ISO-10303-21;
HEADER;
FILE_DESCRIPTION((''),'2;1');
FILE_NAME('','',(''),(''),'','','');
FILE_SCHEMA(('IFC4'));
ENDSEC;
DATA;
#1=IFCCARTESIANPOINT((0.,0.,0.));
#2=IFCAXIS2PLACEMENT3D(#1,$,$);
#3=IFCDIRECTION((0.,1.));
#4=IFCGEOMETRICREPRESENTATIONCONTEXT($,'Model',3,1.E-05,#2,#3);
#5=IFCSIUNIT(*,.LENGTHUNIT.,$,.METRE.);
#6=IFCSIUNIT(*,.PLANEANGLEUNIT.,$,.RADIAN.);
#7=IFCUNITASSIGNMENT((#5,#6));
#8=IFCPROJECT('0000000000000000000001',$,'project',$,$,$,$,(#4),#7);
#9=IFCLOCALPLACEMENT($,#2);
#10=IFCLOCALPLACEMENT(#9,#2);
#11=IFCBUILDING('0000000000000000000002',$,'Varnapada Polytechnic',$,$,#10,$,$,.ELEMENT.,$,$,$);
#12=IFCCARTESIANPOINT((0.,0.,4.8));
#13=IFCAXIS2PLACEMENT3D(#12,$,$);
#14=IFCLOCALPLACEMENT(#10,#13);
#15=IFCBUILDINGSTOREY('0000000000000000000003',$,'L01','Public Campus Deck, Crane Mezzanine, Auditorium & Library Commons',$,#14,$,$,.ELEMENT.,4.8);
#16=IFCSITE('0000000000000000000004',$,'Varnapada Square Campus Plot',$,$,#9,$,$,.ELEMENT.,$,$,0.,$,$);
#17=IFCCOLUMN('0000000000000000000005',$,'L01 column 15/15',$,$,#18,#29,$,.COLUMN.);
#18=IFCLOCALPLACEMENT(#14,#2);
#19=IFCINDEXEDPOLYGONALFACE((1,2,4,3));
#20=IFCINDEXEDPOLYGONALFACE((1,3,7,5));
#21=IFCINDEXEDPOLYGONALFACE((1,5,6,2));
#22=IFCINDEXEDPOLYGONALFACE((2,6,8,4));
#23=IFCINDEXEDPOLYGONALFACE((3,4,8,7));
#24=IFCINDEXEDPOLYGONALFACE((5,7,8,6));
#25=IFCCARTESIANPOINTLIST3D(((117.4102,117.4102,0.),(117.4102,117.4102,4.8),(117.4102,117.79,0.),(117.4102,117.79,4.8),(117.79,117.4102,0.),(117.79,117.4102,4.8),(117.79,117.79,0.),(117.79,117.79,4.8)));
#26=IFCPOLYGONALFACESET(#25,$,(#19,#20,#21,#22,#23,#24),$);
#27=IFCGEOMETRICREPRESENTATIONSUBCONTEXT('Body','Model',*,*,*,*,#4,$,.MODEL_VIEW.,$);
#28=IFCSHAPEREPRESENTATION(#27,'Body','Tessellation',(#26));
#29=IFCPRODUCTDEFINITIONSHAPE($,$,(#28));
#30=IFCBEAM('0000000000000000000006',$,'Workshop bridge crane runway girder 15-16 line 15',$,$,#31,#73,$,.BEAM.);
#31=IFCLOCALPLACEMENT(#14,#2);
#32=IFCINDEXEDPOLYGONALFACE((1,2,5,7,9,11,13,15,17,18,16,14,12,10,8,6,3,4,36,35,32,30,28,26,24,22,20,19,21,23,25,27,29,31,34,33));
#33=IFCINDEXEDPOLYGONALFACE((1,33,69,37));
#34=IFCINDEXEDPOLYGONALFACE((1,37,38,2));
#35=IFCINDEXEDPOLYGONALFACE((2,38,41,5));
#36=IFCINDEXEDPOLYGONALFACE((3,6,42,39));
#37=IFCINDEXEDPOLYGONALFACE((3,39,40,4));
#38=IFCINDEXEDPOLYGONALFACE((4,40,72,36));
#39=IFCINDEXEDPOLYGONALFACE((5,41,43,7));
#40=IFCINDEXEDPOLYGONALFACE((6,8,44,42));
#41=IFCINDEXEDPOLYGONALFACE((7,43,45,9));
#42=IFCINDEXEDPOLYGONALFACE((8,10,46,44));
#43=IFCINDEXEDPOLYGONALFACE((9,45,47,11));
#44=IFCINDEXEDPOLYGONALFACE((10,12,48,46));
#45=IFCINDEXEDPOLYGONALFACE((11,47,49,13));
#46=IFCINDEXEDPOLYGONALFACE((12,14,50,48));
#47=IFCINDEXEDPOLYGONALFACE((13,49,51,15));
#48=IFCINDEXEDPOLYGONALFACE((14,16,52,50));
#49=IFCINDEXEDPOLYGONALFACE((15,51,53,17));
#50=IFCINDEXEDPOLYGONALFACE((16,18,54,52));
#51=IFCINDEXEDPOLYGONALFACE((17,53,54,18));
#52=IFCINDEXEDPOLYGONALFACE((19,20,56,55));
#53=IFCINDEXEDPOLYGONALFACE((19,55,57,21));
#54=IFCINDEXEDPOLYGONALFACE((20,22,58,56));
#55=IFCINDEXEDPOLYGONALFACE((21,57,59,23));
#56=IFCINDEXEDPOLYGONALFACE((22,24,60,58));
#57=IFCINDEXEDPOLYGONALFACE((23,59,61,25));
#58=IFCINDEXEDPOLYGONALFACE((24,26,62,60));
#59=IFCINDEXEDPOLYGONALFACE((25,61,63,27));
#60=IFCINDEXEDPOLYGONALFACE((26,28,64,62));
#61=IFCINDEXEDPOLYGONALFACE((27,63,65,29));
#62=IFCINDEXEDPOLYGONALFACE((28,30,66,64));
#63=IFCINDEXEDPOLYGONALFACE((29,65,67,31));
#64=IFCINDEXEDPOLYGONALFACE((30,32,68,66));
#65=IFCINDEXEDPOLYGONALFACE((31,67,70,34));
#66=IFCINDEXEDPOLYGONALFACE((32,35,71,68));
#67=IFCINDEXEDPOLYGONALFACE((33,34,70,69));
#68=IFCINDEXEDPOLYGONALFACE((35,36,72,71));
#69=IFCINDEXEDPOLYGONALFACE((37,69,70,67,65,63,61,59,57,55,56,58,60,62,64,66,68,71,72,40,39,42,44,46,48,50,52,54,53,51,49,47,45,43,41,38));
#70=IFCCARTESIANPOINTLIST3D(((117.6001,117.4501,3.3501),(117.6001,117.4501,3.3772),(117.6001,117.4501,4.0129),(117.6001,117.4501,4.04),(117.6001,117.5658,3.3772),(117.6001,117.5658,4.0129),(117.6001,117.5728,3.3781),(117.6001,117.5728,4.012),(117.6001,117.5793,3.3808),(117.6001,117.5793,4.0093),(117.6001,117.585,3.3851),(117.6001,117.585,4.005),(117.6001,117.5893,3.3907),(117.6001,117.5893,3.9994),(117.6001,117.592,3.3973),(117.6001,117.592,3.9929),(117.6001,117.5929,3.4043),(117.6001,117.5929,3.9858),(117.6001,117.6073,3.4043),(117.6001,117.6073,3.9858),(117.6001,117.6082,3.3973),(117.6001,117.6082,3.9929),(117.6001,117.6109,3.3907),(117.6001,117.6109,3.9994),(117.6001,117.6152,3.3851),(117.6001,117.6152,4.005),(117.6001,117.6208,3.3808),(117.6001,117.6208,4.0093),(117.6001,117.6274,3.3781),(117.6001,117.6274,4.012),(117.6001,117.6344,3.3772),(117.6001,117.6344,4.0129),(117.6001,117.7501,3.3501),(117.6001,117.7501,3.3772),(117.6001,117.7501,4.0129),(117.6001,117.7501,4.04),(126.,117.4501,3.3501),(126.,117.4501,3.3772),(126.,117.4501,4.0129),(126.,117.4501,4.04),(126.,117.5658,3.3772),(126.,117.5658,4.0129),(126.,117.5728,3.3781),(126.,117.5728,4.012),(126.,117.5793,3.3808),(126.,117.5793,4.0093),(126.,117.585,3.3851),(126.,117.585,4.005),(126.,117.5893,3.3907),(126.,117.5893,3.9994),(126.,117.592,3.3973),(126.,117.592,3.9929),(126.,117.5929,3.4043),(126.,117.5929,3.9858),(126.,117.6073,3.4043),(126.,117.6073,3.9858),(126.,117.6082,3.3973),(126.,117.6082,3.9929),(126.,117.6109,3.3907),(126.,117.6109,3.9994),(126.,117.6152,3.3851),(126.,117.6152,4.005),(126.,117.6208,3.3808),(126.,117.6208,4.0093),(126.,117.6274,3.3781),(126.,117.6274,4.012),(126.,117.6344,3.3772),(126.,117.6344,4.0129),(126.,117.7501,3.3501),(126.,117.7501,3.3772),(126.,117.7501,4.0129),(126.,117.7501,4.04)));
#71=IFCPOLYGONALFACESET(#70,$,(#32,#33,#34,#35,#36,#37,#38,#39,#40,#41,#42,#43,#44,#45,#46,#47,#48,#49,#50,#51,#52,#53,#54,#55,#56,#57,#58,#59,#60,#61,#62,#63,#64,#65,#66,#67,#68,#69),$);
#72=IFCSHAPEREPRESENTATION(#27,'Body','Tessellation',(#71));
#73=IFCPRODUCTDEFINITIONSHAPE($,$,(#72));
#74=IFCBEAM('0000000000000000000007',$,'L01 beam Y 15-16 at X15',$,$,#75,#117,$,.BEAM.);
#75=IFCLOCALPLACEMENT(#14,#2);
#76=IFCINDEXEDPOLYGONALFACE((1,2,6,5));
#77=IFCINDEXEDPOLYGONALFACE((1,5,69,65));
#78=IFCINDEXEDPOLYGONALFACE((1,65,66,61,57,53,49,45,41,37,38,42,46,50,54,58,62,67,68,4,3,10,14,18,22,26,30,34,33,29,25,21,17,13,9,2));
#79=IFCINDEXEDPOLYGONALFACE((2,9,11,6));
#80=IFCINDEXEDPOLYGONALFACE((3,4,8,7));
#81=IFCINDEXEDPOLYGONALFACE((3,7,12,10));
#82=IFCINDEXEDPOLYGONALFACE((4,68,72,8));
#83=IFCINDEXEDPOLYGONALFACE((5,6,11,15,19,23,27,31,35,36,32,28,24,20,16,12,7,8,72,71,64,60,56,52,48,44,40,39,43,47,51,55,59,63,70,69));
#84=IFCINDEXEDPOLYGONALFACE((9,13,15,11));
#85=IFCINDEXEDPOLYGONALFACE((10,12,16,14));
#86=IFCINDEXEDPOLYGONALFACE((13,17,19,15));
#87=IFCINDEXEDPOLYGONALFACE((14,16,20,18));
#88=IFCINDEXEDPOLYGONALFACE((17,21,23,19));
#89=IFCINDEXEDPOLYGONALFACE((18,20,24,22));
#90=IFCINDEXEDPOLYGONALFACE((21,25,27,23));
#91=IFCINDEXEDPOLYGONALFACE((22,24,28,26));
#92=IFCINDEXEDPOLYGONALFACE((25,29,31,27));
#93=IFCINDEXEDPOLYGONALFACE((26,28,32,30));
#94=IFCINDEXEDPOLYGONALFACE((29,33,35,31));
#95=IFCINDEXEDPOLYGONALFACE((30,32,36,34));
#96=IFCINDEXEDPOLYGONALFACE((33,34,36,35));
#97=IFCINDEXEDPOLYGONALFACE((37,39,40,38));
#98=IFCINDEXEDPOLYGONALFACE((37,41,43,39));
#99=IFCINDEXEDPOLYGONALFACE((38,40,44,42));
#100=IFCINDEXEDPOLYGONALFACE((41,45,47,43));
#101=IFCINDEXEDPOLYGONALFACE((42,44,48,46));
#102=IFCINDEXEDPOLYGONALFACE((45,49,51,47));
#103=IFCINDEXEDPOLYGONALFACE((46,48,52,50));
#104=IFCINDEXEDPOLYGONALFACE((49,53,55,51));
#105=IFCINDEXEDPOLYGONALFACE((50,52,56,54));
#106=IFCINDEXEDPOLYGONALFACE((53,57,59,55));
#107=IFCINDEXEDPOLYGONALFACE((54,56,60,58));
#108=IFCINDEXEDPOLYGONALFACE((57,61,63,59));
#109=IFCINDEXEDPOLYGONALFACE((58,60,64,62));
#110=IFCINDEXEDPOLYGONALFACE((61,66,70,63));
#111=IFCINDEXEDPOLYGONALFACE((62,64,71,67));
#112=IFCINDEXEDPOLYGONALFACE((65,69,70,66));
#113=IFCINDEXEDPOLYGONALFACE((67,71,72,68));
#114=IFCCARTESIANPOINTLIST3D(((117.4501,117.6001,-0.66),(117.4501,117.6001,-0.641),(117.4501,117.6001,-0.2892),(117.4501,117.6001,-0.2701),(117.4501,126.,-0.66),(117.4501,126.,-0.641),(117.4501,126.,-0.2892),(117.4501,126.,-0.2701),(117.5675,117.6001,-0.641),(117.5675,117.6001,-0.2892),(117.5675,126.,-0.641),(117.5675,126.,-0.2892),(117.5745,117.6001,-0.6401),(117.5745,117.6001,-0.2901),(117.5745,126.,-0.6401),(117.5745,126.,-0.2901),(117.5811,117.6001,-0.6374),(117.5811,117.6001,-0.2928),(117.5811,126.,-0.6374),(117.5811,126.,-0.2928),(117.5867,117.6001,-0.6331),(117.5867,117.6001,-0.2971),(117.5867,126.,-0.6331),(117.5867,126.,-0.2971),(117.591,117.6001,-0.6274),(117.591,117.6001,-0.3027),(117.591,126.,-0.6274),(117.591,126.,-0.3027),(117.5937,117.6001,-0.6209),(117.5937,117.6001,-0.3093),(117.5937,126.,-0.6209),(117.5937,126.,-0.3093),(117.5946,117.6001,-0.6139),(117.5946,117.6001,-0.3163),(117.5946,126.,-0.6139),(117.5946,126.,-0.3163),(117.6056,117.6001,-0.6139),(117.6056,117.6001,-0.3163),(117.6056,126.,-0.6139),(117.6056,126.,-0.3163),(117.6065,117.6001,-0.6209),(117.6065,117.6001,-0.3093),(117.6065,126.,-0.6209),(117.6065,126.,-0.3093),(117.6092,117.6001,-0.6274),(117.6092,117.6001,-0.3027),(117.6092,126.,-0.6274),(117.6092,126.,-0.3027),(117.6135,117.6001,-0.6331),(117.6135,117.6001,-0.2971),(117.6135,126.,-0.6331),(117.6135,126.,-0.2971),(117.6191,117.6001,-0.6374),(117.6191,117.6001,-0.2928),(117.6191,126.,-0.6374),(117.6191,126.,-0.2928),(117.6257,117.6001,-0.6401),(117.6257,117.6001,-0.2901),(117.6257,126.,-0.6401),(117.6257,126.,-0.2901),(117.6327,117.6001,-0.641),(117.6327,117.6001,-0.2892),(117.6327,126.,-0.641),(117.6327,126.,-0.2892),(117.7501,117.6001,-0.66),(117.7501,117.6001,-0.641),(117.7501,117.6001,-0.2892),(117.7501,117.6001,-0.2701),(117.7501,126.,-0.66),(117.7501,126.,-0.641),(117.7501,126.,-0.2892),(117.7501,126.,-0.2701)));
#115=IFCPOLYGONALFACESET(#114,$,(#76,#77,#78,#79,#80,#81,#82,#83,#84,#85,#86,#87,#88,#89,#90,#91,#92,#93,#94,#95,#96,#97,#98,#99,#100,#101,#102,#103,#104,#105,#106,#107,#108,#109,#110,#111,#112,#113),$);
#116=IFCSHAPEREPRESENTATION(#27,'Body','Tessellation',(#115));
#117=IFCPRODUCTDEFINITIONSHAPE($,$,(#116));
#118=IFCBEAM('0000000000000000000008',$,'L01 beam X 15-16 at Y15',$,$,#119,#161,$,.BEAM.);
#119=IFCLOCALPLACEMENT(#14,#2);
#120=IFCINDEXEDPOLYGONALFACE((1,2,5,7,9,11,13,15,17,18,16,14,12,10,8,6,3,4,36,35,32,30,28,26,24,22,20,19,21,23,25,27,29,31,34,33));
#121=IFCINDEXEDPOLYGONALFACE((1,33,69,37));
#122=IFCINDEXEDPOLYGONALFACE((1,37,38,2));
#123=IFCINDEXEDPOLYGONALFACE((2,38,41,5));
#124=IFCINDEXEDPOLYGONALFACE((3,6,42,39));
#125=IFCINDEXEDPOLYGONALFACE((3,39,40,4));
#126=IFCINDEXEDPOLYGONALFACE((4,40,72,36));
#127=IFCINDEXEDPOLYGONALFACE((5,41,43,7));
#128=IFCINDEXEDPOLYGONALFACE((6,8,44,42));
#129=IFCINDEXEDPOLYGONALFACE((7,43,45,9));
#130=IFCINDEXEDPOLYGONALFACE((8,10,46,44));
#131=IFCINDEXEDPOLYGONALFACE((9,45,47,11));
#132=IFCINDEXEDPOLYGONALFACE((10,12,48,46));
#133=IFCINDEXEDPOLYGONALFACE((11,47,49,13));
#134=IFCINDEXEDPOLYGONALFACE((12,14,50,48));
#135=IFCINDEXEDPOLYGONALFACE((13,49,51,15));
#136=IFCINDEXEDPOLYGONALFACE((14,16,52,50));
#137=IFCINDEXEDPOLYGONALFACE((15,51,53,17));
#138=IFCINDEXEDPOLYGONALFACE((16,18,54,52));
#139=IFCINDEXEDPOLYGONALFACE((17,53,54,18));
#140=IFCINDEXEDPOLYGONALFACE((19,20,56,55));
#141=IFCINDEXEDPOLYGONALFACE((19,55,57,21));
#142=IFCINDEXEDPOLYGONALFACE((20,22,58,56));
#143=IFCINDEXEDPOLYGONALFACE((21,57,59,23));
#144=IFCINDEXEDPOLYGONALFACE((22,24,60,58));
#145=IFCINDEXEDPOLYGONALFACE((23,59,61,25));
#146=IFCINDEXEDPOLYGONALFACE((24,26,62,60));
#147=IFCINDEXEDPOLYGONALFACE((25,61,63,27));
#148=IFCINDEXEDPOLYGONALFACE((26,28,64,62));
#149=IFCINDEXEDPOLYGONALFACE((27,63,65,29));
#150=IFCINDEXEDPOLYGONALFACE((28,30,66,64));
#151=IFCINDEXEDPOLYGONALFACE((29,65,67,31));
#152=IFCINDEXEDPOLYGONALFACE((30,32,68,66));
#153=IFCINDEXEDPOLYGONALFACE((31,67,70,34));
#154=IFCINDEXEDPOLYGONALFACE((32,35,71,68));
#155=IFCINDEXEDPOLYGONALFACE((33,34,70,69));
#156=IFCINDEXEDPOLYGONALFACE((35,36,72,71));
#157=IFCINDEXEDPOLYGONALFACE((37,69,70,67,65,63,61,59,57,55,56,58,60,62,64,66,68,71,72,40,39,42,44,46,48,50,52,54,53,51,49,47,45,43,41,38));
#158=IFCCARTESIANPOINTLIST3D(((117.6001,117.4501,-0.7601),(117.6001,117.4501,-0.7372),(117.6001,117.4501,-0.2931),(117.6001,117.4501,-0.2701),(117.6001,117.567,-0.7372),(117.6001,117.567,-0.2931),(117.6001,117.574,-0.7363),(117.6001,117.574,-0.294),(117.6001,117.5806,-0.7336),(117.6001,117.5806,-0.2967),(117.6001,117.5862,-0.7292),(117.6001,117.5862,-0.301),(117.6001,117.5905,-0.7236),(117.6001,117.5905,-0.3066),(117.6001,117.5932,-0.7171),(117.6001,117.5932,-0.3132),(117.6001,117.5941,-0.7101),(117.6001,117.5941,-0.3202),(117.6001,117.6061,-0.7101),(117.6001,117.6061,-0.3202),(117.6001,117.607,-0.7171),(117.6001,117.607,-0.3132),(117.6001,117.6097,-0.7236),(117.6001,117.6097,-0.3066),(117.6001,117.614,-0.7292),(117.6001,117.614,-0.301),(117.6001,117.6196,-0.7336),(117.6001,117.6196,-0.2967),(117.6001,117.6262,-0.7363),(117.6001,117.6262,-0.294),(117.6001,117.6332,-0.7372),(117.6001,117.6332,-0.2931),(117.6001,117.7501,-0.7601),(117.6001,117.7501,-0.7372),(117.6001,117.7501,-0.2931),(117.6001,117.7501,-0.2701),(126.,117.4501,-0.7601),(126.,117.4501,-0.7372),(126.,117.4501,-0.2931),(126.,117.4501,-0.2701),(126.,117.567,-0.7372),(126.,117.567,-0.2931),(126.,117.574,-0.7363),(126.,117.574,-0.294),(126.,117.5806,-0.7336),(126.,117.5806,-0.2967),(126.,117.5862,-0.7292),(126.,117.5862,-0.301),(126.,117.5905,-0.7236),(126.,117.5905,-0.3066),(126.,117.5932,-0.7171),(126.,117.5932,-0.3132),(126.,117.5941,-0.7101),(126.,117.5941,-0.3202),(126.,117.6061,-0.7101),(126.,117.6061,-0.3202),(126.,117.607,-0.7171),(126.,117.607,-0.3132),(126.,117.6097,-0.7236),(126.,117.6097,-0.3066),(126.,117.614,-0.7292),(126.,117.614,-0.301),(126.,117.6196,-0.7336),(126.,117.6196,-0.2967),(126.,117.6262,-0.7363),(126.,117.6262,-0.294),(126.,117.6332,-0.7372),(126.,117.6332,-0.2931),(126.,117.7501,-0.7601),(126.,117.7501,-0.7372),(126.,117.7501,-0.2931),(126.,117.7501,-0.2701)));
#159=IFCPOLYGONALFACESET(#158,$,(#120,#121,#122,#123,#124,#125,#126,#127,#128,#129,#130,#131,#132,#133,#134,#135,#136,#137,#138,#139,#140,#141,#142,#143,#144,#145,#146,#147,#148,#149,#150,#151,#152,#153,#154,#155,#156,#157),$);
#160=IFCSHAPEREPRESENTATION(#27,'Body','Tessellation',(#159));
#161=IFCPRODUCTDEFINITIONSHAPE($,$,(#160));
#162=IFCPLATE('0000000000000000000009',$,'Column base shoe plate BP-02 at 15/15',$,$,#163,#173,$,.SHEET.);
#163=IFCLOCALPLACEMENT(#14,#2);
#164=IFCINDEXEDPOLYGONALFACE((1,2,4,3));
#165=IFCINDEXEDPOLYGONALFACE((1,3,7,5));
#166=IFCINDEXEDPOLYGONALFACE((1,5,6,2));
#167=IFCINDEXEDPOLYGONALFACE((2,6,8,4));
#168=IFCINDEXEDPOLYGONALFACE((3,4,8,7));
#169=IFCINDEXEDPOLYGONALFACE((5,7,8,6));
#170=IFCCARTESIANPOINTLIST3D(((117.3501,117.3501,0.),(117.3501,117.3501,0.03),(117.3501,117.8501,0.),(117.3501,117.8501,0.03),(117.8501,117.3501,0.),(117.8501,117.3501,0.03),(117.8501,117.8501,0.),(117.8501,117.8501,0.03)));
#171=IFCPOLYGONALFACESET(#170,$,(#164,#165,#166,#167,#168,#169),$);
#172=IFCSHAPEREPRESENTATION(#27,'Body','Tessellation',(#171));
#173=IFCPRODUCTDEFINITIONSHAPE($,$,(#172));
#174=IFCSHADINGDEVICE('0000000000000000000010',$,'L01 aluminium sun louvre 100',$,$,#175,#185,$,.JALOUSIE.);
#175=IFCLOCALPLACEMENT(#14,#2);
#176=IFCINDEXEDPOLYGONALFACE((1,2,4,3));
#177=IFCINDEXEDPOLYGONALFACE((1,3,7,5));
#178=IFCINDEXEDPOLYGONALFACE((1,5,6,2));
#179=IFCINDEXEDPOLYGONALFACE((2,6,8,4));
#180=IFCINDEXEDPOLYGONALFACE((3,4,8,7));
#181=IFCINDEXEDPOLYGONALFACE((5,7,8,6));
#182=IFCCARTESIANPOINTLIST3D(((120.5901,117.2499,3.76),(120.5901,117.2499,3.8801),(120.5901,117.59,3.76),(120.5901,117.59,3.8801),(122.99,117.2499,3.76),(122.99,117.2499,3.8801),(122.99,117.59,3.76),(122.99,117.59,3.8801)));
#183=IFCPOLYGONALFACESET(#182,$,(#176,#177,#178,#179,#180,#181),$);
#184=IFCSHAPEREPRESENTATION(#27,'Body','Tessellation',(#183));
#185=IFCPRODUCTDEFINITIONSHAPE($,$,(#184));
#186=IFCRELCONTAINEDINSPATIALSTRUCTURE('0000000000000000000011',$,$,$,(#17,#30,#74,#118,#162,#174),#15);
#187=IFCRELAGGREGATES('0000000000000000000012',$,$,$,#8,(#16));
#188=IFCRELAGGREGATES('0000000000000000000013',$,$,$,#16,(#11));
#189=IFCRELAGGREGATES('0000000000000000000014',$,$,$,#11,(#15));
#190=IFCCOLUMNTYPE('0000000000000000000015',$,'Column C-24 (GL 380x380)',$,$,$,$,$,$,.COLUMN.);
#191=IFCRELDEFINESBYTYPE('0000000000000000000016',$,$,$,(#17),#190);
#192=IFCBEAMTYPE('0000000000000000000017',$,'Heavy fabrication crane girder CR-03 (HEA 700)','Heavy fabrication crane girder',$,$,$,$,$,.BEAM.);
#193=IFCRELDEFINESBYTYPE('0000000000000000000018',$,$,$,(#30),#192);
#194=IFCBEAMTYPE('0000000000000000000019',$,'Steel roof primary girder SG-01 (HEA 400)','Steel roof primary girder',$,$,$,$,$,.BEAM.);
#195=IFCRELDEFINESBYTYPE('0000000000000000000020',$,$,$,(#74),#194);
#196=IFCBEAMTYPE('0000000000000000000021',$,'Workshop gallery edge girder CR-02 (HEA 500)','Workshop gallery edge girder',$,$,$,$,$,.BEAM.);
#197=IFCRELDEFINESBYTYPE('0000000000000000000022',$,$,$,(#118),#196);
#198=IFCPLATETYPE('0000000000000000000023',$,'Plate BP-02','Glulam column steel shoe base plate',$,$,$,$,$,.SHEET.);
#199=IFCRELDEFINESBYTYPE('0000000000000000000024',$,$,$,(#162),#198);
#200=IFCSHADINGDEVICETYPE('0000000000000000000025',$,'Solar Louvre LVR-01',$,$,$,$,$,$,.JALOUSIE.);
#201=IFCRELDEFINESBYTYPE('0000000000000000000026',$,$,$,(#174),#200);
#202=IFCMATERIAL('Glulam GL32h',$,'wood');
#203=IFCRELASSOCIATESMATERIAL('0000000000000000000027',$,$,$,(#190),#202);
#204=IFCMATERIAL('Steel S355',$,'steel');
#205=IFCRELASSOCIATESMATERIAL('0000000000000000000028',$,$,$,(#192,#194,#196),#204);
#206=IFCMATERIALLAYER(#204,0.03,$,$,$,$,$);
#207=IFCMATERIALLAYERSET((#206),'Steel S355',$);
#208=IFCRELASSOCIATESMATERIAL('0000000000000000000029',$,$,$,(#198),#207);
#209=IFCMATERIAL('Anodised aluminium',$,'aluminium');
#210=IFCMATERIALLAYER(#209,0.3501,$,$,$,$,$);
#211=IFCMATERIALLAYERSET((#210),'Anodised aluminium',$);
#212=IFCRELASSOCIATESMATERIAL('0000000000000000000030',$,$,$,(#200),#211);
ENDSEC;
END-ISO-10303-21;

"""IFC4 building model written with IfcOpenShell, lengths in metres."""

from ifc_helpers import new_model, si_unit, direction, frame, origin, origin_2d, place, context, subcontext, project, spatial, rectangle, i_section, extrude, material, layer, layer_set, material_profile, profile_set, type_object, element, save


model = new_model("IFC4")

# Units and contexts
model_context = context("Model", 3, precision=1e-05, world=origin(), true_north=direction((0.0, 1.0)))
body_context = subcontext(model_context, "Body", "Model", "MODEL_VIEW")
ifc_project = project(units=[si_unit("LENGTHUNIT", "METRE"), si_unit("PLANEANGLEUNIT", "RADIAN")], contexts=[model_context])

# Site, building, storey
site_placement = place(None, origin())
site = spatial("IfcSite", under=ifc_project, at=site_placement, Name="Varnapada Square Campus Plot", CompositionType="ELEMENT", RefElevation=0.0)
building_placement = place(site_placement, origin())
building = spatial("IfcBuilding", under=site, at=building_placement, Name="Varnapada Polytechnic", CompositionType="ELEMENT")
storey_placement = place(building_placement, frame((0.0, 0.0, 4.8)))
storey = spatial("IfcBuildingStorey", under=building, at=storey_placement, Name="L01", Description="Public Campus Deck, Crane Mezzanine, Auditorium & Library Commons", CompositionType="ELEMENT", Elevation=4.8)

# Column
ifc_material_1 = material(Name="Glulam GL32h", Category="wood")
ifc_material_profile_1 = material_profile(ifc_material_1, rectangle(XDim=0.3799, YDim=0.3799, at=origin_2d()), Name="GL 380x380")
ifc_profile_set_1 = profile_set([ifc_material_profile_1], Name="Glulam GL32h")
column_type = type_object("IfcColumnType", Name="Column C-24 (GL 380x380)", PredefinedType="COLUMN", material=ifc_profile_set_1)
column_placement = place(storey_placement, frame((117.6001, 117.6001, 0.0), z_axis=(0.0, 0.0, 1.0), x_axis=(1.0, 0.0, 0.0)))
element("IfcColumn", 1, at=column_placement, inside=storey, type_object=column_type, Name="L01 column 15/15", PredefinedType="COLUMN", context=body_context, shape_type="SweptSolid", body=[
    extrude(rectangle(XDim=0.3799, YDim=0.3799, at=origin_2d()), origin(), (0.0, 0.0, 1.0), 4.8),
])

# Beams
ifc_material_2 = material(Name="Steel S355", Category="steel")
ifc_material_profile_2 = material_profile(ifc_material_2, i_section(OverallWidth=0.3, OverallDepth=0.6899, WebThickness=0.0144, FlangeThickness=0.0271, FilletRadius=0.0271, at=origin_2d()), Name="HEA 700")
ifc_profile_set_2 = profile_set([ifc_material_profile_2], Name="Steel S355")
beam_type_1 = type_object("IfcBeamType", Name="Heavy fabrication crane girder CR-03 (HEA 700)", Description="Heavy fabrication crane girder", PredefinedType="BEAM", material=ifc_profile_set_2)
beam_1_placement = place(storey_placement, frame((117.6001, 117.6001, 3.6951), z_axis=(1.0, 0.0, 0.0), x_axis=(0.0, 1.0, 0.0)))
element("IfcBeam", 2, at=beam_1_placement, inside=storey, type_object=beam_type_1, Name="Workshop bridge crane runway girder 15-16 line 15", PredefinedType="BEAM", context=body_context, shape_type="SweptSolid", body=[
    extrude(i_section(OverallWidth=0.3, OverallDepth=0.6899, WebThickness=0.0144, FlangeThickness=0.0271, FilletRadius=0.0271, at=origin_2d()), origin(), (0.0, 0.0, 1.0), 8.3999),
])
ifc_material_profile_3 = material_profile(ifc_material_2, i_section(OverallWidth=0.3, OverallDepth=0.3899, WebThickness=0.011, FlangeThickness=0.019, FilletRadius=0.0271, at=origin_2d()), Name="HEA 400")
ifc_profile_set_3 = profile_set([ifc_material_profile_3], Name="Steel S355")
beam_type_2 = type_object("IfcBeamType", Name="Steel roof primary girder SG-01 (HEA 400)", Description="Steel roof primary girder", PredefinedType="BEAM", material=ifc_profile_set_3)
beam_2_placement = place(storey_placement, frame((117.6001, 117.6001, -0.4651), z_axis=(0.0, 1.0, 0.0), x_axis=(-1.0, 0.0, 0.0)))
element("IfcBeam", 3, at=beam_2_placement, inside=storey, type_object=beam_type_2, Name="L01 beam Y 15-16 at X15", PredefinedType="BEAM", context=body_context, shape_type="SweptSolid", body=[
    extrude(i_section(OverallWidth=0.3, OverallDepth=0.3899, WebThickness=0.011, FlangeThickness=0.019, FilletRadius=0.0271, at=origin_2d()), origin(), (0.0, 0.0, 1.0), 8.3999),
])
ifc_material_profile_4 = material_profile(ifc_material_2, i_section(OverallWidth=0.3, OverallDepth=0.49, WebThickness=0.012, FlangeThickness=0.0229, FilletRadius=0.0271, at=origin_2d()), Name="HEA 500")
ifc_profile_set_4 = profile_set([ifc_material_profile_4], Name="Steel S355")
beam_type_3 = type_object("IfcBeamType", Name="Workshop gallery edge girder CR-02 (HEA 500)", Description="Workshop gallery edge girder", PredefinedType="BEAM", material=ifc_profile_set_4)
beam_3_placement = place(storey_placement, frame((117.6001, 117.6001, -0.5151), z_axis=(1.0, 0.0, 0.0), x_axis=(0.0, 1.0, 0.0)))
element("IfcBeam", 4, at=beam_3_placement, inside=storey, type_object=beam_type_3, Name="L01 beam X 15-16 at Y15", PredefinedType="BEAM", context=body_context, shape_type="SweptSolid", body=[
    extrude(i_section(OverallWidth=0.3, OverallDepth=0.49, WebThickness=0.012, FlangeThickness=0.0229, FilletRadius=0.0271, at=origin_2d()), origin(), (0.0, 0.0, 1.0), 8.3999),
])

# Plate
ifc_layer_1 = layer(ifc_material_2, 0.03)
ifc_layer_set_1 = layer_set([ifc_layer_1], Name="Steel S355")
plate_type = type_object("IfcPlateType", Name="Plate BP-02", Description="Glulam column steel shoe base plate", PredefinedType="SHEET", material=ifc_layer_set_1)
plate_placement = place(storey_placement, frame((117.6001, 117.6001, 0.0), z_axis=(0.0, 0.0, 1.0), x_axis=(1.0, 0.0, 0.0)))
element("IfcPlate", 5, at=plate_placement, inside=storey, type_object=plate_type, Name="Column base shoe plate BP-02 at 15/15", PredefinedType="SHEET", context=body_context, shape_type="SweptSolid", body=[
    extrude(rectangle(XDim=0.5, YDim=0.5, at=origin_2d()), origin(), (0.0, 0.0, 1.0), 0.03),
])

# Shading device
ifc_material_3 = material(Name="Anodised aluminium", Category="aluminium")
ifc_layer_2 = layer(ifc_material_3, 0.3501)
ifc_layer_set_2 = layer_set([ifc_layer_2], Name="Anodised aluminium")
shading_device_type_1 = type_object("IfcShadingDeviceType", Name="Solar Louvre LVR-01", PredefinedType="JALOUSIE", material=ifc_layer_set_2)
shading_device_1_placement = place(storey_placement, frame((121.79, 117.4199, 3.76), z_axis=(0.0, 0.0, 1.0), x_axis=(-1.0, 0.0, 0.0)))
element("IfcShadingDevice", 6, at=shading_device_1_placement, inside=storey, type_object=shading_device_type_1, Name="L01 aluminium sun louvre 100", PredefinedType="JALOUSIE", context=body_context, shape_type="SweptSolid", body=[
    extrude(rectangle(XDim=2.3999, YDim=0.3401, at=origin_2d()), origin(), (0.0, 0.0, 1.0), 0.1201),
])

save(model, "model.ifc")
